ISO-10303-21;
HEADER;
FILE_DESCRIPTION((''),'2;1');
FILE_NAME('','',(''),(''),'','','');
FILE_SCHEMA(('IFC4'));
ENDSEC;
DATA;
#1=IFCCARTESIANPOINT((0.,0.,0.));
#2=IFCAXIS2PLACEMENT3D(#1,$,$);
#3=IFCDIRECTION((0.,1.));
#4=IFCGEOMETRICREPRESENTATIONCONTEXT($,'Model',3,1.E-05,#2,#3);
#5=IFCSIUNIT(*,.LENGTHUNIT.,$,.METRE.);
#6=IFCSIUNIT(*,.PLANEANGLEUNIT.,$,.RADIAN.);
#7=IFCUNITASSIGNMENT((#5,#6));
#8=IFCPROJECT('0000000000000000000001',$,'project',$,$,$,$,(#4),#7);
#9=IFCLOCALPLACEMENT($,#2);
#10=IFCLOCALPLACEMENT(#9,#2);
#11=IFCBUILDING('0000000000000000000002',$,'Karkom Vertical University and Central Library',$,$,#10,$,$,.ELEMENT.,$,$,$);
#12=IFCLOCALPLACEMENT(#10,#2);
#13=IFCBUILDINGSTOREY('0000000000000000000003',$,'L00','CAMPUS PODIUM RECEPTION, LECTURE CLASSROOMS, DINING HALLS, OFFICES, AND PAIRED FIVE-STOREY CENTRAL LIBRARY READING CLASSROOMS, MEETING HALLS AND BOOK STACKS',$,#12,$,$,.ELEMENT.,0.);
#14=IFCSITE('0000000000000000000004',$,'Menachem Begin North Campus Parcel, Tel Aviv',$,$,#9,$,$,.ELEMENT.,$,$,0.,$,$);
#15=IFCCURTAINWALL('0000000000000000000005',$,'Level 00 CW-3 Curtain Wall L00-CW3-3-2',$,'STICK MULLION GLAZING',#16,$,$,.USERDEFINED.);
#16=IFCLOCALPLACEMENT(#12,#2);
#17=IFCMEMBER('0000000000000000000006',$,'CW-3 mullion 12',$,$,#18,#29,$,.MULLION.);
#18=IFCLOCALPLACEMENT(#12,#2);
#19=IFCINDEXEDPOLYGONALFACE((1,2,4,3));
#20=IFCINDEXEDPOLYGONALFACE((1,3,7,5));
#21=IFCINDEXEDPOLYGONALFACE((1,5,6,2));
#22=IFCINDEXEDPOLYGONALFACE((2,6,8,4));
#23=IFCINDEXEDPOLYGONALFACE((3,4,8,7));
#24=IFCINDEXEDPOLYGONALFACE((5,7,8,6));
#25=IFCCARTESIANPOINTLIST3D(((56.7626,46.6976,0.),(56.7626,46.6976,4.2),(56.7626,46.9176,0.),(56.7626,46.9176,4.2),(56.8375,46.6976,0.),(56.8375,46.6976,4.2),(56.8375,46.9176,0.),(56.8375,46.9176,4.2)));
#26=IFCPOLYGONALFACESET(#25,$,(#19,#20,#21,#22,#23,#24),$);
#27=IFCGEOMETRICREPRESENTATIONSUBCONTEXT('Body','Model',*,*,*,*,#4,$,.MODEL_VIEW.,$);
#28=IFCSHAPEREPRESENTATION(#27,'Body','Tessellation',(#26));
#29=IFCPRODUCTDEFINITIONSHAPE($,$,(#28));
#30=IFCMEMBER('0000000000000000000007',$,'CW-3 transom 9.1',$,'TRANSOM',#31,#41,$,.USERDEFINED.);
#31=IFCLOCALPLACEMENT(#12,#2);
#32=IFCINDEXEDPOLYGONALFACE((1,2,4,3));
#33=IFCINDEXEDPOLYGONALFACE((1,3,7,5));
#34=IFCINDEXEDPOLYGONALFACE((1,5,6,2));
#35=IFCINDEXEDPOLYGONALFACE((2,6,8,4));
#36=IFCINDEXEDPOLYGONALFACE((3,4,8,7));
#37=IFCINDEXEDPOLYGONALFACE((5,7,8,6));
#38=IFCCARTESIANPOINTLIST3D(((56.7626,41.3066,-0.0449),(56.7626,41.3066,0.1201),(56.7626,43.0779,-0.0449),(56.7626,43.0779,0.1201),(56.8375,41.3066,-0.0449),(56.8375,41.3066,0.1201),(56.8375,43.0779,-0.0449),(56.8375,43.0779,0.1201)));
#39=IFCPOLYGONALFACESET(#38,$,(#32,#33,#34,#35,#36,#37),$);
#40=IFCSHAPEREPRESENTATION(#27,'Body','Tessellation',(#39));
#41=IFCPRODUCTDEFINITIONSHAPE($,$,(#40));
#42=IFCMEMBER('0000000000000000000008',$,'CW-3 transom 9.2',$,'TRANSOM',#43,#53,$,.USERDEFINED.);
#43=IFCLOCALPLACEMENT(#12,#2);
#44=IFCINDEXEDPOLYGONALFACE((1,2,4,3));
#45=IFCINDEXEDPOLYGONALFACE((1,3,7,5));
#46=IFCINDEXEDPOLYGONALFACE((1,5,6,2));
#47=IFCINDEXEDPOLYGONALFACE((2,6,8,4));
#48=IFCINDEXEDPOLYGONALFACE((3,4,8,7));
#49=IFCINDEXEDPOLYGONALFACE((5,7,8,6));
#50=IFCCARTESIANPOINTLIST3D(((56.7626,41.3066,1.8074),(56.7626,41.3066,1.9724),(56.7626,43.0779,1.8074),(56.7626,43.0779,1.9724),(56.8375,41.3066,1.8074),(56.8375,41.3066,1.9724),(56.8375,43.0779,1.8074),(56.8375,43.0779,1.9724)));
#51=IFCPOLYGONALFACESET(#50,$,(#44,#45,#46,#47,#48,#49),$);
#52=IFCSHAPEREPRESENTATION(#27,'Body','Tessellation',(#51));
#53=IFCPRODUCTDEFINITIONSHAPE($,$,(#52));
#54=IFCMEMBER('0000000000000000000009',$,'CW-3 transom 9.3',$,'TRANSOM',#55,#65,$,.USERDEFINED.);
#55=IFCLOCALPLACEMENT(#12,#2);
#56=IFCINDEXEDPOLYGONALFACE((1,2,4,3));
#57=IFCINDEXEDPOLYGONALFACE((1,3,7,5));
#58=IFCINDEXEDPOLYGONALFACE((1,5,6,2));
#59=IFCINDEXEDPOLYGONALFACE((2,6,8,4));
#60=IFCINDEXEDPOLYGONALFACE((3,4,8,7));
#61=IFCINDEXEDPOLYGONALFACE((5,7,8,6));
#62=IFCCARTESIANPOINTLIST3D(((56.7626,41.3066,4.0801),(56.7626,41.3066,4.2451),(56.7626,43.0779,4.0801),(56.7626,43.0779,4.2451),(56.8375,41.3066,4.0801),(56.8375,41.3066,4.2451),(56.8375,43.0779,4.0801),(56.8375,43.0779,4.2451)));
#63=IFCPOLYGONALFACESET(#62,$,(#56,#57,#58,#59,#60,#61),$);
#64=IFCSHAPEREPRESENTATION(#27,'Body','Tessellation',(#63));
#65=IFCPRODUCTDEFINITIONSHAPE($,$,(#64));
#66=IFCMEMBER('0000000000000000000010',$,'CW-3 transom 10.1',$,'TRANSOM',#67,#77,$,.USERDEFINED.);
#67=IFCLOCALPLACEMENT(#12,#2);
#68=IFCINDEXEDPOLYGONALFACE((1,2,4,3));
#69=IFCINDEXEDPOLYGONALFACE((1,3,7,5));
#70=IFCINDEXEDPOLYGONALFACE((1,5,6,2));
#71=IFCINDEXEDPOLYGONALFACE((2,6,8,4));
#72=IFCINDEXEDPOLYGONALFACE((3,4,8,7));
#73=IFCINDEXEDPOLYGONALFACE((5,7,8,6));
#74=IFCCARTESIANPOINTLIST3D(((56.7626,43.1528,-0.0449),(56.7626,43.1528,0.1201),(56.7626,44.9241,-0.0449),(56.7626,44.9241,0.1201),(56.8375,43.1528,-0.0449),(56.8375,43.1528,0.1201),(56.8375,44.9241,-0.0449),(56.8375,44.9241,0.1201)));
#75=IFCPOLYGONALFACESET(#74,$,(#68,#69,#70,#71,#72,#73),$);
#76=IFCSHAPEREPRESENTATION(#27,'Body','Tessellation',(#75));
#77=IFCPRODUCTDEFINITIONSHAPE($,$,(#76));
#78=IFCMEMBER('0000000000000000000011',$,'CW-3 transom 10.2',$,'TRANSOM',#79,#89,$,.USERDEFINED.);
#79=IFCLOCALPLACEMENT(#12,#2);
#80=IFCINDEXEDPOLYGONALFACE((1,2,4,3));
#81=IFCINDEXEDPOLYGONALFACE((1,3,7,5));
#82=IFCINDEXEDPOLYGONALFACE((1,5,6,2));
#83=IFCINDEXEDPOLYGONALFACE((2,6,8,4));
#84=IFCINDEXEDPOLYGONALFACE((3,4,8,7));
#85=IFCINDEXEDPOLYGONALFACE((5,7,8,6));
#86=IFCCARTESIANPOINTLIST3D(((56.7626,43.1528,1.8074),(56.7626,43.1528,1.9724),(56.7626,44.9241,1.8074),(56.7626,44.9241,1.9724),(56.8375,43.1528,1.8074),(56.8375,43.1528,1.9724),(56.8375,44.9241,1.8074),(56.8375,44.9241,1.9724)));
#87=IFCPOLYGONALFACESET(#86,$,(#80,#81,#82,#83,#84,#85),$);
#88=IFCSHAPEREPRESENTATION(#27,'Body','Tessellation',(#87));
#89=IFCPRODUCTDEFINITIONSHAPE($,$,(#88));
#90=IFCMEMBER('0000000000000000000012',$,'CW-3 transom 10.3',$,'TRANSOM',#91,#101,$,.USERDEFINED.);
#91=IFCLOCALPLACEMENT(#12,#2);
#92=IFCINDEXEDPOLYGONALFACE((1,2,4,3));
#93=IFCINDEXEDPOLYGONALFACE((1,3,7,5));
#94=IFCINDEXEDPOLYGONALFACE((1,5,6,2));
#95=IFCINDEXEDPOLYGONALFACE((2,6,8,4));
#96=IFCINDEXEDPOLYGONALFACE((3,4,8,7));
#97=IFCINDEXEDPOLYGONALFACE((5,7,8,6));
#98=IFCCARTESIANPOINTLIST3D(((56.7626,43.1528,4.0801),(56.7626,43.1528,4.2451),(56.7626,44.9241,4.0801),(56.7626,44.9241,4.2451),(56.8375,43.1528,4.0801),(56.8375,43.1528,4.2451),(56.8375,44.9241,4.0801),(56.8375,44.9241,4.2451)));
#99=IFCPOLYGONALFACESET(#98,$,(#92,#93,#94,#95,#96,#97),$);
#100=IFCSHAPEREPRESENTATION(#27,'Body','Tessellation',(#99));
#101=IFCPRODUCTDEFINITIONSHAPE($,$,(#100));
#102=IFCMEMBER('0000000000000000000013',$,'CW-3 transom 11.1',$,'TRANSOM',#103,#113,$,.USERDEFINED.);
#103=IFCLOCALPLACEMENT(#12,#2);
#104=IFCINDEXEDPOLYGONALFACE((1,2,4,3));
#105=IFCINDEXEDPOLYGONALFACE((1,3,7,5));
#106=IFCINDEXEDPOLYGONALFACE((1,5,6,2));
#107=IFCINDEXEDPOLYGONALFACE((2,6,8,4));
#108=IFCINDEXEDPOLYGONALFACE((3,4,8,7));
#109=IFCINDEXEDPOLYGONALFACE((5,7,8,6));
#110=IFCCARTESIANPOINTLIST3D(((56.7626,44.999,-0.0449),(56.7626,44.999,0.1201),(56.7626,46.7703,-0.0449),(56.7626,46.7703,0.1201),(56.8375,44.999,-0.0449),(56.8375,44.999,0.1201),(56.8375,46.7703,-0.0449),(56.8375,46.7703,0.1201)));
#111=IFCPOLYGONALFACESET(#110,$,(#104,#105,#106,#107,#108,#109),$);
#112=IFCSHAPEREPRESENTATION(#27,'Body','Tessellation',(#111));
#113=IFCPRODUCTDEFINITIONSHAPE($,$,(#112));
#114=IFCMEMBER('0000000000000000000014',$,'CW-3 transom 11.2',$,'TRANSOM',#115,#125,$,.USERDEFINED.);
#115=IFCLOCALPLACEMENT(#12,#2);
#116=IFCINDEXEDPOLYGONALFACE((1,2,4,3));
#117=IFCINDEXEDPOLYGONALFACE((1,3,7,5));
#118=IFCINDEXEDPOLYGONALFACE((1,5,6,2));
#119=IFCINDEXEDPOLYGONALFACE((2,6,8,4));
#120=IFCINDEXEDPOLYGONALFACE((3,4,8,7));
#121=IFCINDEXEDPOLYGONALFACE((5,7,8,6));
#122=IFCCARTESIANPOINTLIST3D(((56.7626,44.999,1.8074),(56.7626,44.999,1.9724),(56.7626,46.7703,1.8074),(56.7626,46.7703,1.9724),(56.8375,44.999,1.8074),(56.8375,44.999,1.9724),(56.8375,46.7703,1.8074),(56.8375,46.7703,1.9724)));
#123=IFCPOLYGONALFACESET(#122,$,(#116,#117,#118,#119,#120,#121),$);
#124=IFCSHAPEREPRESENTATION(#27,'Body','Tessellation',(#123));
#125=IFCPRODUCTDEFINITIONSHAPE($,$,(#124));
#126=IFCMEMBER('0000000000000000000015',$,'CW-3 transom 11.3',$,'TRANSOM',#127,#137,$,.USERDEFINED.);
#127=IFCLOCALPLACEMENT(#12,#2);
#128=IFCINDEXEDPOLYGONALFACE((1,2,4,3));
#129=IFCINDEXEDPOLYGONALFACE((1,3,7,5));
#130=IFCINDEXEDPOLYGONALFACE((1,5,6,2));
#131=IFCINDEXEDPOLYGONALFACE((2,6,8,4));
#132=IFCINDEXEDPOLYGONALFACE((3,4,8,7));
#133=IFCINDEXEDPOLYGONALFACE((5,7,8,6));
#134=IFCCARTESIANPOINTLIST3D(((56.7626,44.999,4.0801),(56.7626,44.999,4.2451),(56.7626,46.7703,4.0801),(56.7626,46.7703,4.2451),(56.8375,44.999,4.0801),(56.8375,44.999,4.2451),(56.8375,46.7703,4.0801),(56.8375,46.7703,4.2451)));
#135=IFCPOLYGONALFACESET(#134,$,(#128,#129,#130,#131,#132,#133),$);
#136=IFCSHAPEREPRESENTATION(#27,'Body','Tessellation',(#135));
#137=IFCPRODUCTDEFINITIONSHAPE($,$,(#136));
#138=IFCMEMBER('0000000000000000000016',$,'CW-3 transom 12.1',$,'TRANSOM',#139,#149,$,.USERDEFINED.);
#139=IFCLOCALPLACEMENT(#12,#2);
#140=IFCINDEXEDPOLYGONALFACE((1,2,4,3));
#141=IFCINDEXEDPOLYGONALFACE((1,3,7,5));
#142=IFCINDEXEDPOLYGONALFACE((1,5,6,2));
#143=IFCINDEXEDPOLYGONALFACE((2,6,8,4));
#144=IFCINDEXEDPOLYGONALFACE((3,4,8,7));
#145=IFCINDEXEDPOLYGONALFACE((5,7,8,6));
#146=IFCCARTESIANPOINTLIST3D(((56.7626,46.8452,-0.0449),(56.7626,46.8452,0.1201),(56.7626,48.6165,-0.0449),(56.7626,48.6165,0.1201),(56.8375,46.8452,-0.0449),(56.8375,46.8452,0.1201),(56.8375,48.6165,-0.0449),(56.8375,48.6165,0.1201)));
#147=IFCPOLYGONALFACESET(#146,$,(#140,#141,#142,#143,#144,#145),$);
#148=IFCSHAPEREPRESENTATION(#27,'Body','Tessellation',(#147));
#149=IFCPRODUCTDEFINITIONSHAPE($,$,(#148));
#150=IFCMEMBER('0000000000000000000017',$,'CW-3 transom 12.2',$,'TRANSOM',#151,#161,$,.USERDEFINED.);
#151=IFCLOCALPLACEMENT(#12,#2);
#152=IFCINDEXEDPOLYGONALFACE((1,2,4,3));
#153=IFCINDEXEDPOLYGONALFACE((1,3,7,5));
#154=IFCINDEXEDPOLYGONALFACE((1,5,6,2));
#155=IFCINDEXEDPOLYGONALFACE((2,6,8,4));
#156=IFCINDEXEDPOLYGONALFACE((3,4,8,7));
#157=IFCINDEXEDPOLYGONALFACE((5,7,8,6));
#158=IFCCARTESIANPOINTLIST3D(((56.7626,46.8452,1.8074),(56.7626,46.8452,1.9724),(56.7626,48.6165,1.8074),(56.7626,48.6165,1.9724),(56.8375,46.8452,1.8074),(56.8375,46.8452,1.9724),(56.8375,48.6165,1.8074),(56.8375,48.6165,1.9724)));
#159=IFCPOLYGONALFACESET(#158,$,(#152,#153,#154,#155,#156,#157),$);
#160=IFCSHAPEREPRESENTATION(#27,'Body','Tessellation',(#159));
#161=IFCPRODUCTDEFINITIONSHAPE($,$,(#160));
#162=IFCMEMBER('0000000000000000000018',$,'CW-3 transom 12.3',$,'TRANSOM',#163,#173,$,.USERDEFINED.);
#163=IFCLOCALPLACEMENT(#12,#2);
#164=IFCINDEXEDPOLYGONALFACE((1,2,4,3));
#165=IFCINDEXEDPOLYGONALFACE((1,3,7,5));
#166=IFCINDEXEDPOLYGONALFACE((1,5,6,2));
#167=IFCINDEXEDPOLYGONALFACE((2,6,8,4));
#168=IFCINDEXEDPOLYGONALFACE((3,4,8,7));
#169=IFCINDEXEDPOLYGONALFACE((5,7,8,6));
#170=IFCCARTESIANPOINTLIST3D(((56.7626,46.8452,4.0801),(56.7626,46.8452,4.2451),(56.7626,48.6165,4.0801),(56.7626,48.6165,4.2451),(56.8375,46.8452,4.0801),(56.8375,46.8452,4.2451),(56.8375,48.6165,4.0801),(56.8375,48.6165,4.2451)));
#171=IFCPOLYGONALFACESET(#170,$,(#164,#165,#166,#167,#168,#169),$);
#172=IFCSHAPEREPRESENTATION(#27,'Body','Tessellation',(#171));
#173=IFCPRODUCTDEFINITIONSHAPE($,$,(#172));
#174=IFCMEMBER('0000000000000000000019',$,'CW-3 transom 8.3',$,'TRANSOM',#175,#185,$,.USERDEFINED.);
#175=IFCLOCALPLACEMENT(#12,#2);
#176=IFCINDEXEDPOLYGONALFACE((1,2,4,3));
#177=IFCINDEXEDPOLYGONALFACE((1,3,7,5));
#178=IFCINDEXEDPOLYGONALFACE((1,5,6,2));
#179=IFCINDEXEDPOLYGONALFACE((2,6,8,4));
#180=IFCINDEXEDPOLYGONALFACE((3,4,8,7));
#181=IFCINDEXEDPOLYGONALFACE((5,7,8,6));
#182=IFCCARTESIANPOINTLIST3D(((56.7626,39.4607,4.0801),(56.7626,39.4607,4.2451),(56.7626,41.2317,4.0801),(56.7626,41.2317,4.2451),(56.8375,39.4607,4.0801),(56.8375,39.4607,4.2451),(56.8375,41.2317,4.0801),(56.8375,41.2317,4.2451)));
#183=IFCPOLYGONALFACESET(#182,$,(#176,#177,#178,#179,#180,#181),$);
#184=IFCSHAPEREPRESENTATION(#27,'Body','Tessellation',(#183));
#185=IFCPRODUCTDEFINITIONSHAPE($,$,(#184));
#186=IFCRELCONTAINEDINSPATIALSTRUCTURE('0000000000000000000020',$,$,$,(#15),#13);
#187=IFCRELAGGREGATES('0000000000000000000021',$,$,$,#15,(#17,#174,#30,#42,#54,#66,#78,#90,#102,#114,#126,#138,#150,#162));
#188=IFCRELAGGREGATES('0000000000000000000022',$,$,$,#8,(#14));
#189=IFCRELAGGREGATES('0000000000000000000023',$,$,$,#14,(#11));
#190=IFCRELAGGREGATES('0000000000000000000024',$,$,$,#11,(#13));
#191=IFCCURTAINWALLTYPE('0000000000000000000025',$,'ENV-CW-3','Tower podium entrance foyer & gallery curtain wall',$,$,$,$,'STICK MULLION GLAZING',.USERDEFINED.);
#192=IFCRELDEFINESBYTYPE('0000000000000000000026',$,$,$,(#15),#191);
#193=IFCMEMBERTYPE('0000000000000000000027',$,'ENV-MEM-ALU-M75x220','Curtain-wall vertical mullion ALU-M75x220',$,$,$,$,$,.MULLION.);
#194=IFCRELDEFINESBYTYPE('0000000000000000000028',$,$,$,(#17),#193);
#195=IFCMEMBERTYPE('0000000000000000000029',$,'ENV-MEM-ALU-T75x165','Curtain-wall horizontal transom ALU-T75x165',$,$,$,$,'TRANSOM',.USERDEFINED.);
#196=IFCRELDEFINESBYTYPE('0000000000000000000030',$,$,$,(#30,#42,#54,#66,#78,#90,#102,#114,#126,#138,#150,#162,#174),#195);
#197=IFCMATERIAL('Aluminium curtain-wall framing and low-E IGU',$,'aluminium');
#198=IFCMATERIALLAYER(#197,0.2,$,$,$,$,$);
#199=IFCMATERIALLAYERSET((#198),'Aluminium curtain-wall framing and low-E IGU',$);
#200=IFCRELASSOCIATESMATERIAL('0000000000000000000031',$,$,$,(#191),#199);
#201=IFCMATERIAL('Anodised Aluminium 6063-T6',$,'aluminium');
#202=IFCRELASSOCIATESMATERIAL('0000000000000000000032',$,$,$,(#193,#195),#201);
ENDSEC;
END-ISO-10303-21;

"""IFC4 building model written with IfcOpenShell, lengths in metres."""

from ifc_helpers import new_model, si_unit, direction, frame, origin, origin_with_axes, origin_2d, place, context, subcontext, project, spatial, rectangle, extrude, source, transform, mapped, material, layer, layer_set, material_profile, profile_set, type_object, element, aggregate, save


model = new_model("IFC4")

# Units and contexts
model_context = context("Model", 3, precision=1e-05, world=origin(), true_north=direction((0.0, 1.0)))
body_context = subcontext(model_context, "Body", "Model", "MODEL_VIEW")
ifc_project = project(units=[si_unit("LENGTHUNIT", "METRE"), si_unit("PLANEANGLEUNIT", "RADIAN")], contexts=[model_context])

# Site, building, storey
site_placement = place(None, origin())
site = spatial("IfcSite", under=ifc_project, at=site_placement, Name="Menachem Begin North Campus Parcel, Tel Aviv", CompositionType="ELEMENT", RefElevation=0.0)
building_placement = place(site_placement, origin())
building = spatial("IfcBuilding", under=site, at=building_placement, Name="Karkom Vertical University and Central Library", CompositionType="ELEMENT")
storey_placement = place(building_placement, origin())
storey = spatial("IfcBuildingStorey", under=building, at=storey_placement, Name="L00", Description="CAMPUS PODIUM RECEPTION, LECTURE CLASSROOMS, DINING HALLS, OFFICES, AND PAIRED FIVE-STOREY CENTRAL LIBRARY READING CLASSROOMS, MEETING HALLS AND BOOK STACKS", CompositionType="ELEMENT", Elevation=0.0)

# Curtain wall, members
ifc_material_1 = material(Name="Aluminium curtain-wall framing and low-E IGU", Category="aluminium")
ifc_layer_1 = layer(ifc_material_1, 0.2)
ifc_layer_set_1 = layer_set([ifc_layer_1], Name="Aluminium curtain-wall framing and low-E IGU")
curtain_wall_type = type_object("IfcCurtainWallType", Name="ENV-CW-3", Description="Tower podium entrance foyer & gallery curtain wall", ElementType="STICK MULLION GLAZING", PredefinedType="USERDEFINED", material=ifc_layer_set_1)
curtain_wall_placement = place(storey_placement, origin())
curtain_wall = element("IfcCurtainWall", 1, at=curtain_wall_placement, inside=storey, type_object=curtain_wall_type, Name="Level 00 CW-3 Curtain Wall L00-CW3-3-2", ObjectType="STICK MULLION GLAZING", PredefinedType="USERDEFINED")
ifc_material_2 = material(Name="Anodised Aluminium 6063-T6", Category="aluminium")
ifc_material_profile_1 = material_profile(ifc_material_2, rectangle(XDim=0.075, YDim=0.22, at=origin_2d()), Name="ALU-M75x220")
ifc_profile_set_1 = profile_set([ifc_material_profile_1], Name="Anodised Aluminium 6063-T6")
member_type_1 = type_object("IfcMemberType", Name="ENV-MEM-ALU-M75x220", Description="Curtain-wall vertical mullion ALU-M75x220", PredefinedType="MULLION", material=ifc_profile_set_1)
shared_shape_1 = source(origin_with_axes(), body_context, "Body", "SweptSolid", [
    extrude(rectangle(XDim=0.075, YDim=0.22, at=origin_2d()), origin(), (0.0, 0.0, 1.0), 4.2),
])
member_1_placement = place(storey_placement, frame((56.8, 46.8076, 0.0), z_axis=(0.0, 0.0, 1.0), x_axis=(-1.0, 0.0, 0.0)))
member_1 = element("IfcMember", 2, at=member_1_placement, type_object=member_type_1, Name="CW-3 mullion 12", PredefinedType="MULLION", context=body_context, shape_type="MappedRepresentation", body=[
    mapped(shared_shape_1, transform((0.0, 0.0, 0.0), scale=1.0)),
])
ifc_material_profile_2 = material_profile(ifc_material_2, rectangle(XDim=0.075, YDim=0.165, at=origin_2d()), Name="ALU-T75x165")
ifc_profile_set_2 = profile_set([ifc_material_profile_2], Name="Anodised Aluminium 6063-T6")
member_type_2 = type_object("IfcMemberType", Name="ENV-MEM-ALU-T75x165", Description="Curtain-wall horizontal transom ALU-T75x165", ElementType="TRANSOM", PredefinedType="USERDEFINED", material=ifc_profile_set_2)
shared_shape_2 = source(origin_with_axes(), body_context, "Body", "SweptSolid", [
    extrude(rectangle(XDim=0.075, YDim=0.165, at=origin_2d()), origin(), (0.0, 0.0, 1.0), 1.7712),
])
member_2_placement = place(storey_placement, frame((56.8, 41.3066, 0.0376), z_axis=(0.0, 1.0, 0.0), x_axis=(-1.0, 0.0, 0.0)))
member_2 = element("IfcMember", 3, at=member_2_placement, type_object=member_type_2, Name="CW-3 transom 9.1", ObjectType="TRANSOM", PredefinedType="USERDEFINED", context=body_context, shape_type="MappedRepresentation", body=[
    mapped(shared_shape_2, transform((0.0, 0.0, 0.0), scale=1.0)),
])
member_3_placement = place(storey_placement, frame((56.8, 41.3066, 1.8899), z_axis=(0.0, 1.0, 0.0), x_axis=(-1.0, 0.0, 0.0)))
member_3 = element("IfcMember", 4, at=member_3_placement, type_object=member_type_2, Name="CW-3 transom 9.2", ObjectType="TRANSOM", PredefinedType="USERDEFINED", context=body_context, shape_type="MappedRepresentation", body=[
    mapped(shared_shape_2, transform((0.0, 0.0, 0.0), scale=1.0)),
])
member_4_placement = place(storey_placement, frame((56.8, 41.3066, 4.1626), z_axis=(0.0, 1.0, 0.0), x_axis=(-1.0, 0.0, 0.0)))
member_4 = element("IfcMember", 5, at=member_4_placement, type_object=member_type_2, Name="CW-3 transom 9.3", ObjectType="TRANSOM", PredefinedType="USERDEFINED", context=body_context, shape_type="MappedRepresentation", body=[
    mapped(shared_shape_2, transform((0.0, 0.0, 0.0), scale=1.0)),
])
member_5_placement = place(storey_placement, frame((56.8, 43.1528, 0.0376), z_axis=(0.0, 1.0, 0.0), x_axis=(-1.0, 0.0, 0.0)))
member_5 = element("IfcMember", 6, at=member_5_placement, type_object=member_type_2, Name="CW-3 transom 10.1", ObjectType="TRANSOM", PredefinedType="USERDEFINED", context=body_context, shape_type="MappedRepresentation", body=[
    mapped(shared_shape_2, transform((0.0, 0.0, 0.0), scale=1.0)),
])
member_6_placement = place(storey_placement, frame((56.8, 43.1528, 1.8899), z_axis=(0.0, 1.0, 0.0), x_axis=(-1.0, 0.0, 0.0)))
member_6 = element("IfcMember", 7, at=member_6_placement, type_object=member_type_2, Name="CW-3 transom 10.2", ObjectType="TRANSOM", PredefinedType="USERDEFINED", context=body_context, shape_type="MappedRepresentation", body=[
    mapped(shared_shape_2, transform((0.0, 0.0, 0.0), scale=1.0)),
])
member_7_placement = place(storey_placement, frame((56.8, 43.1528, 4.1626), z_axis=(0.0, 1.0, 0.0), x_axis=(-1.0, 0.0, 0.0)))
member_7 = element("IfcMember", 8, at=member_7_placement, type_object=member_type_2, Name="CW-3 transom 10.3", ObjectType="TRANSOM", PredefinedType="USERDEFINED", context=body_context, shape_type="MappedRepresentation", body=[
    mapped(shared_shape_2, transform((0.0, 0.0, 0.0), scale=1.0)),
])
member_8_placement = place(storey_placement, frame((56.8, 44.999, 0.0376), z_axis=(0.0, 1.0, 0.0), x_axis=(-1.0, 0.0, 0.0)))
member_8 = element("IfcMember", 9, at=member_8_placement, type_object=member_type_2, Name="CW-3 transom 11.1", ObjectType="TRANSOM", PredefinedType="USERDEFINED", context=body_context, shape_type="MappedRepresentation", body=[
    mapped(shared_shape_2, transform((0.0, 0.0, 0.0), scale=1.0)),
])
member_9_placement = place(storey_placement, frame((56.8, 44.999, 1.8899), z_axis=(0.0, 1.0, 0.0), x_axis=(-1.0, 0.0, 0.0)))
member_9 = element("IfcMember", 10, at=member_9_placement, type_object=member_type_2, Name="CW-3 transom 11.2", ObjectType="TRANSOM", PredefinedType="USERDEFINED", context=body_context, shape_type="MappedRepresentation", body=[
    mapped(shared_shape_2, transform((0.0, 0.0, 0.0), scale=1.0)),
])
member_10_placement = place(storey_placement, frame((56.8, 44.999, 4.1626), z_axis=(0.0, 1.0, 0.0), x_axis=(-1.0, 0.0, 0.0)))
member_10 = element("IfcMember", 11, at=member_10_placement, type_object=member_type_2, Name="CW-3 transom 11.3", ObjectType="TRANSOM", PredefinedType="USERDEFINED", context=body_context, shape_type="MappedRepresentation", body=[
    mapped(shared_shape_2, transform((0.0, 0.0, 0.0), scale=1.0)),
])
member_11_placement = place(storey_placement, frame((56.8, 46.8452, 0.0376), z_axis=(0.0, 1.0, 0.0), x_axis=(-1.0, 0.0, 0.0)))
member_11 = element("IfcMember", 12, at=member_11_placement, type_object=member_type_2, Name="CW-3 transom 12.1", ObjectType="TRANSOM", PredefinedType="USERDEFINED", context=body_context, shape_type="MappedRepresentation", body=[
    mapped(shared_shape_2, transform((0.0, 0.0, 0.0), scale=1.0)),
])
member_12_placement = place(storey_placement, frame((56.8, 46.8452, 1.8899), z_axis=(0.0, 1.0, 0.0), x_axis=(-1.0, 0.0, 0.0)))
member_12 = element("IfcMember", 13, at=member_12_placement, type_object=member_type_2, Name="CW-3 transom 12.2", ObjectType="TRANSOM", PredefinedType="USERDEFINED", context=body_context, shape_type="MappedRepresentation", body=[
    mapped(shared_shape_2, transform((0.0, 0.0, 0.0), scale=1.0)),
])
member_13_placement = place(storey_placement, frame((56.8, 46.8452, 4.1626), z_axis=(0.0, 1.0, 0.0), x_axis=(-1.0, 0.0, 0.0)))
member_13 = element("IfcMember", 14, at=member_13_placement, type_object=member_type_2, Name="CW-3 transom 12.3", ObjectType="TRANSOM", PredefinedType="USERDEFINED", context=body_context, shape_type="MappedRepresentation", body=[
    mapped(shared_shape_2, transform((0.0, 0.0, 0.0), scale=1.0)),
])
shared_shape_3 = source(origin_with_axes(), body_context, "Body", "SweptSolid", [
    extrude(rectangle(XDim=0.075, YDim=0.165, at=origin_2d()), origin(), (0.0, 0.0, 1.0), 1.771),
])
member_14_placement = place(storey_placement, frame((56.8, 39.4607, 4.1626), z_axis=(0.0, 1.0, 0.0), x_axis=(-1.0, 0.0, 0.0)))
member_14 = element("IfcMember", 15, at=member_14_placement, type_object=member_type_2, Name="CW-3 transom 8.3", ObjectType="TRANSOM", PredefinedType="USERDEFINED", context=body_context, shape_type="MappedRepresentation", body=[
    mapped(shared_shape_3, transform((0.0, 0.0, 0.0), scale=1.0)),
])
aggregate(curtain_wall, [member_1, member_14, member_2, member_3, member_4, member_5, member_6, member_7, member_8, member_9, member_10, member_11, member_12, member_13])

save(model, "model.ifc")
